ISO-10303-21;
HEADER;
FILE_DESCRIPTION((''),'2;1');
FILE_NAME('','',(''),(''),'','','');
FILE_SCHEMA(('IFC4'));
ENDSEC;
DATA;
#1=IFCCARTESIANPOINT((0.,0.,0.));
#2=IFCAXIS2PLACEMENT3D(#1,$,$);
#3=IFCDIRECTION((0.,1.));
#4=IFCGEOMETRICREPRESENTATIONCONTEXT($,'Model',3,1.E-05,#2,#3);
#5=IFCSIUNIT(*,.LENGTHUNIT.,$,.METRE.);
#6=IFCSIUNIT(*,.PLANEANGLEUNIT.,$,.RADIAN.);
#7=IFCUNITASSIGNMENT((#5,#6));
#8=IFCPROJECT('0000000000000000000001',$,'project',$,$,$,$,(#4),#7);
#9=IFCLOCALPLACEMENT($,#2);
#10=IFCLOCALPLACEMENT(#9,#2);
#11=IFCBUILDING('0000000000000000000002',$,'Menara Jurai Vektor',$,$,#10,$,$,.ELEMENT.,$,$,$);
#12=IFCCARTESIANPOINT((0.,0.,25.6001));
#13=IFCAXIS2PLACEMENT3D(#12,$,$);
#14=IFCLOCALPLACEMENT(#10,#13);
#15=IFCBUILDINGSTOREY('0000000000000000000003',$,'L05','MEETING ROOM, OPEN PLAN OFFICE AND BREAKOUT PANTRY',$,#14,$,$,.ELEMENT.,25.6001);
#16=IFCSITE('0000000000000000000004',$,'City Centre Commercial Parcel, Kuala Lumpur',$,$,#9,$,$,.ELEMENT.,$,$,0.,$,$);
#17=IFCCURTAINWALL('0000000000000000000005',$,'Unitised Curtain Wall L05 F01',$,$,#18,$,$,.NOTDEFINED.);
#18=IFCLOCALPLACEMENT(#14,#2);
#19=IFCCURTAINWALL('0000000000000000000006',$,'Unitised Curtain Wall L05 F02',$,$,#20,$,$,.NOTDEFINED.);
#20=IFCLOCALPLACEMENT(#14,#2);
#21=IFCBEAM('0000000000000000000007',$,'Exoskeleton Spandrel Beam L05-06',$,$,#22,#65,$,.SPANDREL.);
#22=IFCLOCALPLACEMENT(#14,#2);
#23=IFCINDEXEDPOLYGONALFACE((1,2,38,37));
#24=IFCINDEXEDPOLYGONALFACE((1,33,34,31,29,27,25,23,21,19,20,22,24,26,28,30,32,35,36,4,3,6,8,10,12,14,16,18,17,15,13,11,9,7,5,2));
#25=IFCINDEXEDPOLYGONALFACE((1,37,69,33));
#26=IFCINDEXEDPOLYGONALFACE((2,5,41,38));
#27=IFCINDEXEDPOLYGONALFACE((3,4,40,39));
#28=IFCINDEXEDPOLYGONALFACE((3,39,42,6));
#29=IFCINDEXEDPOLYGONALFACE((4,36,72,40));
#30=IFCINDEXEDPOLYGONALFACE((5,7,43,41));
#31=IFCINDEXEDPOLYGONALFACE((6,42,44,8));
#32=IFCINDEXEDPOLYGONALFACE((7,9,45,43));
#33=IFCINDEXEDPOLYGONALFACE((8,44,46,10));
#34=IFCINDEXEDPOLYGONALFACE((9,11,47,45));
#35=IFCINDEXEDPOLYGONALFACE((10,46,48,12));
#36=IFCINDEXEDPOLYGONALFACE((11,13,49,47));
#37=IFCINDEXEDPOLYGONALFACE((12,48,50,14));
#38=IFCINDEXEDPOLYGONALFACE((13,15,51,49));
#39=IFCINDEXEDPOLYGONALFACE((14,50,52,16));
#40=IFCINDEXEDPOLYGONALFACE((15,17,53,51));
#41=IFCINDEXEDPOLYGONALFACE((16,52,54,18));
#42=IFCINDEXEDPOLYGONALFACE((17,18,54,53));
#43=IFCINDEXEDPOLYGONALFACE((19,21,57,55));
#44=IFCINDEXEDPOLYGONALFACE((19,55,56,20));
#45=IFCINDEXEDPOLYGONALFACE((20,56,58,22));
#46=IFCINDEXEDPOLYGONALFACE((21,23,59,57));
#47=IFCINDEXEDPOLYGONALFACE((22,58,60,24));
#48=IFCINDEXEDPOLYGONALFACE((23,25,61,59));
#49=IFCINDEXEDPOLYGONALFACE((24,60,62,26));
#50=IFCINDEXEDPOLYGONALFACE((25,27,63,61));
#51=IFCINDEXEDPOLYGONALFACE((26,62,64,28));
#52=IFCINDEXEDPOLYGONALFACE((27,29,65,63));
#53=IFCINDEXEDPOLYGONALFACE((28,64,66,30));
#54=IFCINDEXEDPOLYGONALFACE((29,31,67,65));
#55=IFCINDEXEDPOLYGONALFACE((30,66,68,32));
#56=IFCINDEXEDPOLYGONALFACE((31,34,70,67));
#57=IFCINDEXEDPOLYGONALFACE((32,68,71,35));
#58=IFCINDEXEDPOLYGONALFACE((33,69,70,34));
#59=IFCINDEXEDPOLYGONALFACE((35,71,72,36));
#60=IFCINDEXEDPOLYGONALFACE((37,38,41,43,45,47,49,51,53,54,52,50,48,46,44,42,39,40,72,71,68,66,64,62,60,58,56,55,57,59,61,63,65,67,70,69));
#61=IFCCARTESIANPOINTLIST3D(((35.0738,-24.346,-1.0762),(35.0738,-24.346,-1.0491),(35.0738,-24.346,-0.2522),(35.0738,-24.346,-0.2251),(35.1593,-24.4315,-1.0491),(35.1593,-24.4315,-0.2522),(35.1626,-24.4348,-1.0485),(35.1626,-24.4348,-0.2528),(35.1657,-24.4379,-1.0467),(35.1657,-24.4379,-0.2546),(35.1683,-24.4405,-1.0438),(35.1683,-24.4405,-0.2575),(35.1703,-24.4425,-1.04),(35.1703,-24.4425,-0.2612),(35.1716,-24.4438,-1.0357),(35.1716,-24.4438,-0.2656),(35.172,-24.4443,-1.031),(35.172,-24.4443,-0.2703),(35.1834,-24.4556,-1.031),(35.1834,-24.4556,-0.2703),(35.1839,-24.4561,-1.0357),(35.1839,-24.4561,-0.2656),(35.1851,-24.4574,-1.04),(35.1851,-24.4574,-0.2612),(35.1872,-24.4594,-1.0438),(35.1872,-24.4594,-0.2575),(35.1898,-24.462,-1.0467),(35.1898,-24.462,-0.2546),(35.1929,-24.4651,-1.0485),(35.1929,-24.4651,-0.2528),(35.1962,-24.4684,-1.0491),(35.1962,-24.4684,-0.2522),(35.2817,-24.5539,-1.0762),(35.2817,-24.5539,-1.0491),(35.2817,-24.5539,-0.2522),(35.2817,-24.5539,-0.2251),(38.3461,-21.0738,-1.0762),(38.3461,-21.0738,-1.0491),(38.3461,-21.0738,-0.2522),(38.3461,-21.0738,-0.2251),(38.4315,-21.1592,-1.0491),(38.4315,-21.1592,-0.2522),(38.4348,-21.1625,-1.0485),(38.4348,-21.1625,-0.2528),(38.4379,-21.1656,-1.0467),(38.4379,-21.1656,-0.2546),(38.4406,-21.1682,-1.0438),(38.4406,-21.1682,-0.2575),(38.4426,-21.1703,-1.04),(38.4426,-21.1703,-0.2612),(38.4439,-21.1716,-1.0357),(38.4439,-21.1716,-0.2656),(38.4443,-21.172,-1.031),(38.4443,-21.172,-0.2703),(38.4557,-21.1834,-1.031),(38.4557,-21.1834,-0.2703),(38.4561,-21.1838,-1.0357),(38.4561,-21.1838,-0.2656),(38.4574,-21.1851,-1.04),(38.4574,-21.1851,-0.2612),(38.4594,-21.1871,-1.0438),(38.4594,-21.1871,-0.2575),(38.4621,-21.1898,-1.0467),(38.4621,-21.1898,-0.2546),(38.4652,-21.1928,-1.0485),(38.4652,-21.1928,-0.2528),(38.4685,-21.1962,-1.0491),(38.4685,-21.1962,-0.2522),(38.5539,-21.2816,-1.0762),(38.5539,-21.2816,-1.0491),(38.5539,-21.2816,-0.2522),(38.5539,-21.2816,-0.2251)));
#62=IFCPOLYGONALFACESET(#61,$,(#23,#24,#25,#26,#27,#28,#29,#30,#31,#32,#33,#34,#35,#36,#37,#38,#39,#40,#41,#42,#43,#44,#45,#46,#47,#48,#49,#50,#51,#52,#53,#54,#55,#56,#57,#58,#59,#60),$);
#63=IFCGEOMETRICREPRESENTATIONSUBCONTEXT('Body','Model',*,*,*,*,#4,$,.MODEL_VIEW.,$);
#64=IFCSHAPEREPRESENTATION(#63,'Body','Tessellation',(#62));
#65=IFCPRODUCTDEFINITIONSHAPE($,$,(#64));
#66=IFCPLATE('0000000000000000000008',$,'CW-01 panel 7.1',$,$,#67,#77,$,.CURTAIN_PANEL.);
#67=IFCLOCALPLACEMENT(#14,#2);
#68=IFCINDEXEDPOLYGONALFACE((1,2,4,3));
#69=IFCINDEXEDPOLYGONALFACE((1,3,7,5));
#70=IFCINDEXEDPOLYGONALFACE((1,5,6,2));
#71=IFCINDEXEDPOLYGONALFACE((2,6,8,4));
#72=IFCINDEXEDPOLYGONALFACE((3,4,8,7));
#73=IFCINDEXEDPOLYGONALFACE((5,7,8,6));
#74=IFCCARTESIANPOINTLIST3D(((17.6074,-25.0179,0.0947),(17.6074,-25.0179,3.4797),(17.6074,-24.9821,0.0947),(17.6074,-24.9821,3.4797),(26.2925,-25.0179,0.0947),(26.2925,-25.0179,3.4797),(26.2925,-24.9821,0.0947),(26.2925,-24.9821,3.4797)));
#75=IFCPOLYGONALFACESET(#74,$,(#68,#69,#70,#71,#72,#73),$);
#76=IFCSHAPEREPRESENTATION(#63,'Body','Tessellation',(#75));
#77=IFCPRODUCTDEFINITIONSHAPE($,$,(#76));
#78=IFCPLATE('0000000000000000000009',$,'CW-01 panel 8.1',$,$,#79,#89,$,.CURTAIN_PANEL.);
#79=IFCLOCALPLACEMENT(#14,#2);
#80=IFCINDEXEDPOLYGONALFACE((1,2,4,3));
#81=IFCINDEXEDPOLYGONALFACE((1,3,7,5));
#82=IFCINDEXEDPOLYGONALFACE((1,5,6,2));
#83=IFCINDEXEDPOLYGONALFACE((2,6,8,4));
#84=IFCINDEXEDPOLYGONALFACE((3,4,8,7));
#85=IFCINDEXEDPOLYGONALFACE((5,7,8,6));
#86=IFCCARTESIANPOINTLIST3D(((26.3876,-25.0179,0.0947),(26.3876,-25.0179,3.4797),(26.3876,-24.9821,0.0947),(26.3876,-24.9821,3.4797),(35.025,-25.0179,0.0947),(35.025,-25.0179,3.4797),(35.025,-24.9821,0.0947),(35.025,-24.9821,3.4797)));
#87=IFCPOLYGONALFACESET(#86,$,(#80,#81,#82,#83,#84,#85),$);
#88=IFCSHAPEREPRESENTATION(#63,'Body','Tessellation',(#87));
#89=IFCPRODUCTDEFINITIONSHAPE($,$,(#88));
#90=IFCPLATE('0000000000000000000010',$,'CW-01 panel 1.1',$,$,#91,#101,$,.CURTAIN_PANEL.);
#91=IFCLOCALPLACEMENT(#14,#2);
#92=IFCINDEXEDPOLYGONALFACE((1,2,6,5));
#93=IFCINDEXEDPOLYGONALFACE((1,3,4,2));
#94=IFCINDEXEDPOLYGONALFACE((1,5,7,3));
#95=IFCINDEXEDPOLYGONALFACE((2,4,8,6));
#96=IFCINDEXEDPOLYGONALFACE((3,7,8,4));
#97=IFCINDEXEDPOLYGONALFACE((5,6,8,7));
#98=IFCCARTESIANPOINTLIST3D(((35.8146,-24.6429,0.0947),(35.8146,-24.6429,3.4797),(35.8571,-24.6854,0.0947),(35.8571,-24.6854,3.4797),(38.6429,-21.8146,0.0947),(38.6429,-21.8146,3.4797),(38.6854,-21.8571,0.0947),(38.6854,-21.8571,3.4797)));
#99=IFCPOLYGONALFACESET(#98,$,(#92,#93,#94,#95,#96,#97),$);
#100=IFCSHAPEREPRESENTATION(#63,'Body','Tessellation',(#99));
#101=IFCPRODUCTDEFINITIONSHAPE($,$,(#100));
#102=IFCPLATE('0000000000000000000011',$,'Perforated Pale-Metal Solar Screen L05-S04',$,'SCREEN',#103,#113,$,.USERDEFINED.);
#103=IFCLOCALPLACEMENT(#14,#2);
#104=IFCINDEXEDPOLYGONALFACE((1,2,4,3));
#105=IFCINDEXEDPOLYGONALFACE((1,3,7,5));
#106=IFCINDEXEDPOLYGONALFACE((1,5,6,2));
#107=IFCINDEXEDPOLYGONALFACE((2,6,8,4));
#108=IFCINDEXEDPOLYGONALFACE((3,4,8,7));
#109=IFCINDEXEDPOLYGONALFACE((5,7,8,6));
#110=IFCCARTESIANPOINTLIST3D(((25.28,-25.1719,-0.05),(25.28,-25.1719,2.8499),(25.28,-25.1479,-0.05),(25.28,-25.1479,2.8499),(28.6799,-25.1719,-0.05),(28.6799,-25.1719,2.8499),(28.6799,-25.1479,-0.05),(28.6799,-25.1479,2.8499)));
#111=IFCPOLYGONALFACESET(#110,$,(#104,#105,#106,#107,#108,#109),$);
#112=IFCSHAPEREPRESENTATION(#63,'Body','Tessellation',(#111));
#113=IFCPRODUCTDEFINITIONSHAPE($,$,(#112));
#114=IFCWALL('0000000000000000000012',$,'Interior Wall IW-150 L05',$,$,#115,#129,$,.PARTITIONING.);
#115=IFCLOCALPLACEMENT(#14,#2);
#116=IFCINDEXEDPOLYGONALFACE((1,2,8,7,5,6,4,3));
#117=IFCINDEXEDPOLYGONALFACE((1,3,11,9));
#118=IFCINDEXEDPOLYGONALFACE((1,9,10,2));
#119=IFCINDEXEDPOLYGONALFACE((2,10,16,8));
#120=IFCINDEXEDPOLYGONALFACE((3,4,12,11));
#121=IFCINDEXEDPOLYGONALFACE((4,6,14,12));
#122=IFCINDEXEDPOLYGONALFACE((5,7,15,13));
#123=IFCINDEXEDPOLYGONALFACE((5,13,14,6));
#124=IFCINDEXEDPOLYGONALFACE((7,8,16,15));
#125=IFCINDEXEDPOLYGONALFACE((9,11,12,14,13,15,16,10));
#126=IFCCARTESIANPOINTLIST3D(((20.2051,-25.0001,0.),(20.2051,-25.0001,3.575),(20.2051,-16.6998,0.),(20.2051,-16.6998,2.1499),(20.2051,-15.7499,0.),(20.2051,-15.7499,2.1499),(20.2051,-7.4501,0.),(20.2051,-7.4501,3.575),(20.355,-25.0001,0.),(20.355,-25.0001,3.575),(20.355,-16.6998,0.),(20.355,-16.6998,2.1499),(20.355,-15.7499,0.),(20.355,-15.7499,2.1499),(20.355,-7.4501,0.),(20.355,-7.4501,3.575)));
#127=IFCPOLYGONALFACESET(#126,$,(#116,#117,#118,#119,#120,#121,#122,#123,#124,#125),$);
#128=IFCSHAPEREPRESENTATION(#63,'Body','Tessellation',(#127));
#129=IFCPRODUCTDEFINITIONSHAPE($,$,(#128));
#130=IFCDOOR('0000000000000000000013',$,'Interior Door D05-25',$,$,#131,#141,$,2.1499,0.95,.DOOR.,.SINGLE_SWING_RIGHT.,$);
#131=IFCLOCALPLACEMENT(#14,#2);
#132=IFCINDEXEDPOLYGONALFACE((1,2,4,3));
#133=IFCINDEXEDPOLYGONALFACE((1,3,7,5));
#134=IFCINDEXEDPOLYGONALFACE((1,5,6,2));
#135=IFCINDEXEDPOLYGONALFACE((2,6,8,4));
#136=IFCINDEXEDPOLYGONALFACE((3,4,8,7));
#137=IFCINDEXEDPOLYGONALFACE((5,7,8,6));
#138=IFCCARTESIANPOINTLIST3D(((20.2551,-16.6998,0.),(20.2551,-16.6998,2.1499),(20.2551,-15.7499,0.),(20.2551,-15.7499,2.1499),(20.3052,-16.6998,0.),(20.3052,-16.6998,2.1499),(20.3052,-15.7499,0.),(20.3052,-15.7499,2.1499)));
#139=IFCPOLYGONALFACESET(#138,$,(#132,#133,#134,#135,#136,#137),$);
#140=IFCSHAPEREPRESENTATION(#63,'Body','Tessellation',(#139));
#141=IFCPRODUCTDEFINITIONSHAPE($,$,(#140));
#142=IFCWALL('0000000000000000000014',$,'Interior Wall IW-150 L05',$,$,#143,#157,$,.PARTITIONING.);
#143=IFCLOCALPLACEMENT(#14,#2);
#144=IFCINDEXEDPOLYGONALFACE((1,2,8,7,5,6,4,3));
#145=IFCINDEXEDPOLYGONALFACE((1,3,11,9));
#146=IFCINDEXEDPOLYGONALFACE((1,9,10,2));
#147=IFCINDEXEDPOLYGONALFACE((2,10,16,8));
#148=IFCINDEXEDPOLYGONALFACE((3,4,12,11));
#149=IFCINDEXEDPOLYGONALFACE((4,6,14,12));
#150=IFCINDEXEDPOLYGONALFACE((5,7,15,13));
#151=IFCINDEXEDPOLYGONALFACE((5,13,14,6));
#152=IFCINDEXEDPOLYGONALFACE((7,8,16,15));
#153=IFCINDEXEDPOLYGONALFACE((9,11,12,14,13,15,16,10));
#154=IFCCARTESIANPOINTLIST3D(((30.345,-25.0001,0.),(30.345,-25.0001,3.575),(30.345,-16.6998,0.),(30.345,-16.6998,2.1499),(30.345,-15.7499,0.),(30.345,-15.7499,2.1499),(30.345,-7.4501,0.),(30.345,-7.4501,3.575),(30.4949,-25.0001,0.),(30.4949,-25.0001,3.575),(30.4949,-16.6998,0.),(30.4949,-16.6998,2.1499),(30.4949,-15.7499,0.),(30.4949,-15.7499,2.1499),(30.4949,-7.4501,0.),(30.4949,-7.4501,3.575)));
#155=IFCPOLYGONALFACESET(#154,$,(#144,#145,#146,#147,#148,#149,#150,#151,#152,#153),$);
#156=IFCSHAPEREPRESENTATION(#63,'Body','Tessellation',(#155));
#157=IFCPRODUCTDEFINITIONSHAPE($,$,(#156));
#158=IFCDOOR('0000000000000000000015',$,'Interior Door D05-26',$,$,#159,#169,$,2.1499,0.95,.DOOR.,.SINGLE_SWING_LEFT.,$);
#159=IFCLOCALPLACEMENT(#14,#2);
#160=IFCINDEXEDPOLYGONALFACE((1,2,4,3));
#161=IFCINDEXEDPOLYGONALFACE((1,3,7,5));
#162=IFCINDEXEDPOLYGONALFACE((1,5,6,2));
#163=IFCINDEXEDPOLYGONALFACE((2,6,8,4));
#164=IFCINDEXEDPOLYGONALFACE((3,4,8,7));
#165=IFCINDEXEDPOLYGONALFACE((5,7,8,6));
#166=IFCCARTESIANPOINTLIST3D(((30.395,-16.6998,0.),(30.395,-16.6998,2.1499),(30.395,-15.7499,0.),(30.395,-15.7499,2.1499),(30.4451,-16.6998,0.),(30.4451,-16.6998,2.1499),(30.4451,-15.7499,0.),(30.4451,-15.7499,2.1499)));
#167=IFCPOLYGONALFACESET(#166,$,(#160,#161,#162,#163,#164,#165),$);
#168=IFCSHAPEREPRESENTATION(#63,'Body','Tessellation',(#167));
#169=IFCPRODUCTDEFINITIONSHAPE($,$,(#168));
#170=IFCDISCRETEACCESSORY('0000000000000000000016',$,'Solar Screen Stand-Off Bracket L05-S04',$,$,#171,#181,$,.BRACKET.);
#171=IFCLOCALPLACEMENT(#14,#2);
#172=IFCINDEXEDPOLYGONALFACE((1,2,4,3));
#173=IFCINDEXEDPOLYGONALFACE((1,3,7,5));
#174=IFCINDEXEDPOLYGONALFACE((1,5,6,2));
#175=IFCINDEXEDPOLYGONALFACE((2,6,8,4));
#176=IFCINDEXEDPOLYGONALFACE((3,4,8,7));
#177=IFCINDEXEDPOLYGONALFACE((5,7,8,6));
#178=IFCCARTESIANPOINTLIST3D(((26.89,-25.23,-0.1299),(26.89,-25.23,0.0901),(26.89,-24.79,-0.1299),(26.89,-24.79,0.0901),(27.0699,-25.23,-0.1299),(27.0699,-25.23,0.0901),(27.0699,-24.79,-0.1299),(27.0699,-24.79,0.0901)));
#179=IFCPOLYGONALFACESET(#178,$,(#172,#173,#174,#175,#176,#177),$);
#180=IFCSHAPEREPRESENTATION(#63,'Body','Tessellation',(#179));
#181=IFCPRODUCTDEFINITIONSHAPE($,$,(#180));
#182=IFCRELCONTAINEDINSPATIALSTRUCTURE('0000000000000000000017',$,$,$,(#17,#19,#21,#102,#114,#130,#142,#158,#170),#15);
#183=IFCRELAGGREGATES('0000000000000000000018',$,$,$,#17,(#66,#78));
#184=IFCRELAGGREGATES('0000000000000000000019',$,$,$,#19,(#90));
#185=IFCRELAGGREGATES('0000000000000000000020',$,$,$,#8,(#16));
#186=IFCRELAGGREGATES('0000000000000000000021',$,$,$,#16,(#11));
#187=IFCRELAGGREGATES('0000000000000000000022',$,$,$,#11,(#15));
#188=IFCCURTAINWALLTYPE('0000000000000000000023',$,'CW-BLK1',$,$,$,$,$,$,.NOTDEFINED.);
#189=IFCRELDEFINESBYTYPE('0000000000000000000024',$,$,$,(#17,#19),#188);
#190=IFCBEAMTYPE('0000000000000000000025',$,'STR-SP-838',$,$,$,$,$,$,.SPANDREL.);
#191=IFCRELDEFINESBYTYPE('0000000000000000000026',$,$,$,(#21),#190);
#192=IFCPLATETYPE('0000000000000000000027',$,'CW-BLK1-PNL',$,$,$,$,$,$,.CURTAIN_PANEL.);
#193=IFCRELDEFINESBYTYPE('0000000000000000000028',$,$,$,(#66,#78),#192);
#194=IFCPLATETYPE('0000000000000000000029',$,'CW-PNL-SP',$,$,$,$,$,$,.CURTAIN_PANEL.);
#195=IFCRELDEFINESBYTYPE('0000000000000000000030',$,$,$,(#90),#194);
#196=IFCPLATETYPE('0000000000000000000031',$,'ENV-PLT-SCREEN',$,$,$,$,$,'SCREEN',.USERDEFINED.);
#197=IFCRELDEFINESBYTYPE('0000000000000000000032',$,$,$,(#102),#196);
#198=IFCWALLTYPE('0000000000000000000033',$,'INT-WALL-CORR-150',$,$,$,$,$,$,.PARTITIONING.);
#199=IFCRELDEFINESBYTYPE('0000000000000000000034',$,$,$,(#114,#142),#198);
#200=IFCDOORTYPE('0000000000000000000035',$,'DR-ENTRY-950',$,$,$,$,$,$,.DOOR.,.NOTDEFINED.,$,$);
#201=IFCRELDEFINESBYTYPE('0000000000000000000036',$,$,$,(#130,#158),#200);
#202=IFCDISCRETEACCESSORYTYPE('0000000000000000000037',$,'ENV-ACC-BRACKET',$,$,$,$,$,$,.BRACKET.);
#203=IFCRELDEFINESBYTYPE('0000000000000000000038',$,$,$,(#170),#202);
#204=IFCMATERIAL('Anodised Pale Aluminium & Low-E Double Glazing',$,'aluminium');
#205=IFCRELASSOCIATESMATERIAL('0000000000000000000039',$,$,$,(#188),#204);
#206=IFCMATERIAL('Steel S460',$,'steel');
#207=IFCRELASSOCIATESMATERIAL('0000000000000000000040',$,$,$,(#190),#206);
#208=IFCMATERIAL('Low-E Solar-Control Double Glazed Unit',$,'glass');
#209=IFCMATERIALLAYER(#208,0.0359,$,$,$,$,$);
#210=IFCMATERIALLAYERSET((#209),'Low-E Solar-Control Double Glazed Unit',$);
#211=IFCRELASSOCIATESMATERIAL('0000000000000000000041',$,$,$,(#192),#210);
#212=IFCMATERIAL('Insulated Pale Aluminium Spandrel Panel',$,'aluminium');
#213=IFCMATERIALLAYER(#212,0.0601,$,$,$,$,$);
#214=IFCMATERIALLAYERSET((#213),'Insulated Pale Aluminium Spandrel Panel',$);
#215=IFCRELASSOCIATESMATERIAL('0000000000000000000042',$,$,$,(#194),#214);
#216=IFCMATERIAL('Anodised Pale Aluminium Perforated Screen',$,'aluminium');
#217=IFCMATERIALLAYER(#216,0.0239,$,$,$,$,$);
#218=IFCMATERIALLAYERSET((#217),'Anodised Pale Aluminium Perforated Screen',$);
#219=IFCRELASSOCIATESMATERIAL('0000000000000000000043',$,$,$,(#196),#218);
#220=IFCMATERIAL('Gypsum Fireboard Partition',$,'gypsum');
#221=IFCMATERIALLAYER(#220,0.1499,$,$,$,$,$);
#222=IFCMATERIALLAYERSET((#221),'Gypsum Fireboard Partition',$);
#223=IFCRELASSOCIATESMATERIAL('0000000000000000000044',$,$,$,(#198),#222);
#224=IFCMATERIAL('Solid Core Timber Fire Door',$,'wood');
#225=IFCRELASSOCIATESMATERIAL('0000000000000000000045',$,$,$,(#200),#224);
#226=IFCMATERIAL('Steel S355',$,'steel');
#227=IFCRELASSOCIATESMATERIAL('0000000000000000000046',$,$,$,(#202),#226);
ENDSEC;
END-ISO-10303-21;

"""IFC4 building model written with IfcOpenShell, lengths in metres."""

from ifc_helpers import new_model, si_unit, direction, frame, frame_2d, origin, origin_2d, place, context, subcontext, project, spatial, rectangle, i_section, extrude, material, layer, layer_set, material_profile, profile_set, type_object, element, fill, aggregate, save


model = new_model("IFC4")

# Units and contexts
model_context = context("Model", 3, precision=1e-05, world=origin(), true_north=direction((0.0, 1.0)))
body_context = subcontext(model_context, "Body", "Model", "MODEL_VIEW")
ifc_project = project(units=[si_unit("LENGTHUNIT", "METRE"), si_unit("PLANEANGLEUNIT", "RADIAN")], contexts=[model_context])

# Site, building, storey
site_placement = place(None, origin())
site = spatial("IfcSite", under=ifc_project, at=site_placement, Name="City Centre Commercial Parcel, Kuala Lumpur", CompositionType="ELEMENT", RefElevation=0.0)
building_placement = place(site_placement, origin())
building = spatial("IfcBuilding", under=site, at=building_placement, Name="Menara Jurai Vektor", CompositionType="ELEMENT")
storey_placement = place(building_placement, frame((0.0, 0.0, 25.6001)))
storey = spatial("IfcBuildingStorey", under=building, at=storey_placement, Name="L05", Description="MEETING ROOM, OPEN PLAN OFFICE AND BREAKOUT PANTRY", CompositionType="ELEMENT", Elevation=25.6001)

# Shared definitions
ifc_material_1 = material(Name="Steel S460", Category="steel")

# Curtain wall
ifc_material_2 = material(Name="Anodised Pale Aluminium & Low-E Double Glazing", Category="aluminium")
curtain_wall_type = type_object("IfcCurtainWallType", Name="CW-BLK1", PredefinedType="NOTDEFINED", material=ifc_material_2)
curtain_wall_1_placement = place(storey_placement, origin())
curtain_wall_1 = element("IfcCurtainWall", 1, at=curtain_wall_1_placement, inside=storey, type_object=curtain_wall_type, Name="Unitised Curtain Wall L05 F01", PredefinedType="NOTDEFINED")

# Curtain wall
curtain_wall_2_placement = place(storey_placement, origin())
curtain_wall_2 = element("IfcCurtainWall", 2, at=curtain_wall_2_placement, inside=storey, type_object=curtain_wall_type, Name="Unitised Curtain Wall L05 F02", PredefinedType="NOTDEFINED")

# Shared definitions
ifc_material_3 = material(Name="Steel S355", Category="steel")

# Beam
ifc_material_profile_1 = material_profile(ifc_material_1, i_section(OverallWidth=0.2939, OverallDepth=0.8511, WebThickness=0.0161, FlangeThickness=0.0271, FilletRadius=0.0181, at=origin_2d()), Name="UKB 838x292x226")
ifc_profile_set_1 = profile_set([ifc_material_profile_1], Name="Steel S460")
beam_type_1 = type_object("IfcBeamType", Name="STR-SP-838", PredefinedType="SPANDREL", material=ifc_profile_set_1)
beam_1_placement = place(storey_placement, frame((35.1777, -24.45, -0.6506), z_axis=(0.707107, 0.707107, 0.0), x_axis=(-0.707107, 0.707107, 0.0)))
element("IfcBeam", 3, at=beam_1_placement, inside=storey, type_object=beam_type_1, Name="Exoskeleton Spandrel Beam L05-06", PredefinedType="SPANDREL", context=body_context, shape_type="SweptSolid", body=[
    extrude(i_section(OverallWidth=0.2939, OverallDepth=0.8511, WebThickness=0.0161, FlangeThickness=0.0271, FilletRadius=0.0181, at=origin_2d()), origin(), (0.0, 0.0, 1.0), 4.6277),
])

# Plates
ifc_material_4 = material(Name="Low-E Solar-Control Double Glazed Unit", Category="glass")
ifc_layer_1 = layer(ifc_material_4, 0.0359)
ifc_layer_set_1 = layer_set([ifc_layer_1], Name="Low-E Solar-Control Double Glazed Unit")
plate_type_1 = type_object("IfcPlateType", Name="CW-BLK1-PNL", PredefinedType="CURTAIN_PANEL", material=ifc_layer_set_1)
plate_1_placement = place(storey_placement, frame((21.95, -25.0, 0.0947), z_axis=(0.0, 0.0, 1.0), x_axis=(1.0, 0.0, 0.0)))
plate_1 = element("IfcPlate", 4, at=plate_1_placement, type_object=plate_type_1, Name="CW-01 panel 7.1", PredefinedType="CURTAIN_PANEL", context=body_context, shape_type="SweptSolid", body=[
    extrude(rectangle(XDim=8.6851, YDim=0.0359, at=origin_2d()), origin(), (0.0, 0.0, 1.0), 3.385),
])
plate_2_placement = place(storey_placement, frame((30.7063, -25.0, 0.0947), z_axis=(0.0, 0.0, 1.0), x_axis=(1.0, 0.0, 0.0)))
plate_2 = element("IfcPlate", 5, at=plate_2_placement, type_object=plate_type_1, Name="CW-01 panel 8.1", PredefinedType="CURTAIN_PANEL", context=body_context, shape_type="SweptSolid", body=[
    extrude(rectangle(XDim=8.6375, YDim=0.0359, at=origin_2d()), origin(), (0.0, 0.0, 1.0), 3.385),
])
aggregate(curtain_wall_1, [plate_1, plate_2])
ifc_material_5 = material(Name="Insulated Pale Aluminium Spandrel Panel", Category="aluminium")
ifc_layer_2 = layer(ifc_material_5, 0.0601)
ifc_layer_set_2 = layer_set([ifc_layer_2], Name="Insulated Pale Aluminium Spandrel Panel")
plate_type_2 = type_object("IfcPlateType", Name="CW-PNL-SP", PredefinedType="CURTAIN_PANEL", material=ifc_layer_set_2)
plate_3_placement = place(storey_placement, frame((37.25, -23.25, 0.0947), z_axis=(0.0, 0.0, 1.0), x_axis=(0.707107, 0.707107, 0.0)))
plate_3 = element("IfcPlate", 6, at=plate_3_placement, type_object=plate_type_2, Name="CW-01 panel 1.1", PredefinedType="CURTAIN_PANEL", context=body_context, shape_type="SweptSolid", body=[
    extrude(rectangle(XDim=3.9998, YDim=0.0601, at=origin_2d()), origin(), (0.0, 0.0, 1.0), 3.385),
])
aggregate(curtain_wall_2, [plate_3])
ifc_material_6 = material(Name="Anodised Pale Aluminium Perforated Screen", Category="aluminium")
ifc_layer_3 = layer(ifc_material_6, 0.0239)
ifc_layer_set_3 = layer_set([ifc_layer_3], Name="Anodised Pale Aluminium Perforated Screen")
plate_type_3 = type_object("IfcPlateType", Name="ENV-PLT-SCREEN", ElementType="SCREEN", PredefinedType="USERDEFINED", material=ifc_layer_set_3)
plate_4_placement = place(storey_placement, frame((26.98, -25.1599, -0.05), z_axis=(0.0, 0.0, 1.0), x_axis=(1.0, 0.0, 0.0)))
element("IfcPlate", 7, at=plate_4_placement, inside=storey, type_object=plate_type_3, Name="Perforated Pale-Metal Solar Screen L05-S04", ObjectType="SCREEN", PredefinedType="USERDEFINED", context=body_context, shape_type="SweptSolid", body=[
    extrude(rectangle(XDim=3.3999, YDim=0.0239, at=origin_2d()), origin(), (0.0, 0.0, 1.0), 2.8999),
])

# Walls, openings, doors
ifc_material_7 = material(Name="Gypsum Fireboard Partition", Category="gypsum")
ifc_layer_4 = layer(ifc_material_7, 0.1499)
ifc_layer_set_4 = layer_set([ifc_layer_4], Name="Gypsum Fireboard Partition")
wall_type = type_object("IfcWallType", Name="INT-WALL-CORR-150", PredefinedType="PARTITIONING", material=ifc_layer_set_4)
wall_1_placement = place(storey_placement, frame((20.28, -25.0, 0.0), z_axis=(0.0, 0.0, 1.0), x_axis=(0.0, 1.0, 0.0)))
wall_1 = element("IfcWall", 8, at=wall_1_placement, inside=storey, type_object=wall_type, Name="Interior Wall IW-150 L05", PredefinedType="PARTITIONING", context=body_context, shape_type="SweptSolid", body=[
    extrude(rectangle(XDim=17.55, YDim=0.1499, at=frame_2d((8.7749, 0.0))), origin(), (0.0, 0.0, 1.0), 3.575),
])
opening_1_placement = place(wall_1_placement, frame((8.3, 0.0, 0.0)))
opening_1 = element("IfcOpeningElement", 9, at=opening_1_placement, cuts=wall_1, PredefinedType="OPENING", context=body_context, shape_type="SweptSolid", body=[
    extrude(rectangle(XDim=0.95, YDim=2.1499, at=frame_2d((0.4751, 1.075))), frame((0.0, 0.085, 0.0), z_axis=(0.0, -1.0, 0.0), x_axis=(1.0, 0.0, 0.0)), (0.0, 0.0, 1.0), 0.1699),
])
ifc_material_8 = material(Name="Solid Core Timber Fire Door", Category="wood")
door_type = type_object("IfcDoorType", Name="DR-ENTRY-950", OperationType="NOTDEFINED", PredefinedType="DOOR", material=ifc_material_8)
door_1_placement = place(opening_1_placement, origin())
door_1 = element("IfcDoor", 10, at=door_1_placement, inside=storey, type_object=door_type, Name="Interior Door D05-25", OperationType="SINGLE_SWING_RIGHT", OverallHeight=2.1499, OverallWidth=0.95, PredefinedType="DOOR", context=body_context, shape_type="SweptSolid", body=[
    extrude(rectangle(XDim=0.95, YDim=2.1499, at=frame_2d((0.4751, 1.075))), frame((0.0, 0.0249, 0.0), z_axis=(0.0, -1.0, 0.0), x_axis=(1.0, 0.0, 0.0)), (0.0, 0.0, 1.0), 0.05),
])
fill(opening_1, door_1)
wall_2_placement = place(storey_placement, frame((30.4199, -25.0, 0.0), z_axis=(0.0, 0.0, 1.0), x_axis=(0.0, 1.0, 0.0)))
wall_2 = element("IfcWall", 11, at=wall_2_placement, inside=storey, type_object=wall_type, Name="Interior Wall IW-150 L05", PredefinedType="PARTITIONING", context=body_context, shape_type="SweptSolid", body=[
    extrude(rectangle(XDim=17.55, YDim=0.1499, at=frame_2d((8.7749, 0.0))), origin(), (0.0, 0.0, 1.0), 3.575),
])
opening_2_placement = place(wall_2_placement, frame((8.3, 0.0, 0.0)))
opening_2 = element("IfcOpeningElement", 12, at=opening_2_placement, cuts=wall_2, PredefinedType="OPENING", context=body_context, shape_type="SweptSolid", body=[
    extrude(rectangle(XDim=0.95, YDim=2.1499, at=frame_2d((0.4751, 1.075))), frame((0.0, 0.085, 0.0), z_axis=(0.0, -1.0, 0.0), x_axis=(1.0, 0.0, 0.0)), (0.0, 0.0, 1.0), 0.1699),
])
door_2_placement = place(opening_2_placement, origin())
door_2 = element("IfcDoor", 13, at=door_2_placement, inside=storey, type_object=door_type, Name="Interior Door D05-26", OperationType="SINGLE_SWING_LEFT", OverallHeight=2.1499, OverallWidth=0.95, PredefinedType="DOOR", context=body_context, shape_type="SweptSolid", body=[
    extrude(rectangle(XDim=0.95, YDim=2.1499, at=frame_2d((0.4751, 1.075))), frame((0.0, 0.0249, 0.0), z_axis=(0.0, -1.0, 0.0), x_axis=(1.0, 0.0, 0.0)), (0.0, 0.0, 1.0), 0.05),
])
fill(opening_2, door_2)

# Discrete accessory
discrete_accessory_type = type_object("IfcDiscreteAccessoryType", Name="ENV-ACC-BRACKET", PredefinedType="BRACKET", material=ifc_material_3)
discrete_accessory_placement = place(storey_placement, frame((26.98, -25.01, -0.1299), z_axis=(0.0, 0.0, 1.0), x_axis=(1.0, 0.0, 0.0)))
element("IfcDiscreteAccessory", 14, at=discrete_accessory_placement, inside=storey, type_object=discrete_accessory_type, Name="Solar Screen Stand-Off Bracket L05-S04", PredefinedType="BRACKET", context=body_context, shape_type="SweptSolid", body=[
    extrude(rectangle(XDim=0.1799, YDim=0.4399, at=origin_2d()), origin(), (0.0, 0.0, 1.0), 0.22),
])

save(model, "model.ifc")
